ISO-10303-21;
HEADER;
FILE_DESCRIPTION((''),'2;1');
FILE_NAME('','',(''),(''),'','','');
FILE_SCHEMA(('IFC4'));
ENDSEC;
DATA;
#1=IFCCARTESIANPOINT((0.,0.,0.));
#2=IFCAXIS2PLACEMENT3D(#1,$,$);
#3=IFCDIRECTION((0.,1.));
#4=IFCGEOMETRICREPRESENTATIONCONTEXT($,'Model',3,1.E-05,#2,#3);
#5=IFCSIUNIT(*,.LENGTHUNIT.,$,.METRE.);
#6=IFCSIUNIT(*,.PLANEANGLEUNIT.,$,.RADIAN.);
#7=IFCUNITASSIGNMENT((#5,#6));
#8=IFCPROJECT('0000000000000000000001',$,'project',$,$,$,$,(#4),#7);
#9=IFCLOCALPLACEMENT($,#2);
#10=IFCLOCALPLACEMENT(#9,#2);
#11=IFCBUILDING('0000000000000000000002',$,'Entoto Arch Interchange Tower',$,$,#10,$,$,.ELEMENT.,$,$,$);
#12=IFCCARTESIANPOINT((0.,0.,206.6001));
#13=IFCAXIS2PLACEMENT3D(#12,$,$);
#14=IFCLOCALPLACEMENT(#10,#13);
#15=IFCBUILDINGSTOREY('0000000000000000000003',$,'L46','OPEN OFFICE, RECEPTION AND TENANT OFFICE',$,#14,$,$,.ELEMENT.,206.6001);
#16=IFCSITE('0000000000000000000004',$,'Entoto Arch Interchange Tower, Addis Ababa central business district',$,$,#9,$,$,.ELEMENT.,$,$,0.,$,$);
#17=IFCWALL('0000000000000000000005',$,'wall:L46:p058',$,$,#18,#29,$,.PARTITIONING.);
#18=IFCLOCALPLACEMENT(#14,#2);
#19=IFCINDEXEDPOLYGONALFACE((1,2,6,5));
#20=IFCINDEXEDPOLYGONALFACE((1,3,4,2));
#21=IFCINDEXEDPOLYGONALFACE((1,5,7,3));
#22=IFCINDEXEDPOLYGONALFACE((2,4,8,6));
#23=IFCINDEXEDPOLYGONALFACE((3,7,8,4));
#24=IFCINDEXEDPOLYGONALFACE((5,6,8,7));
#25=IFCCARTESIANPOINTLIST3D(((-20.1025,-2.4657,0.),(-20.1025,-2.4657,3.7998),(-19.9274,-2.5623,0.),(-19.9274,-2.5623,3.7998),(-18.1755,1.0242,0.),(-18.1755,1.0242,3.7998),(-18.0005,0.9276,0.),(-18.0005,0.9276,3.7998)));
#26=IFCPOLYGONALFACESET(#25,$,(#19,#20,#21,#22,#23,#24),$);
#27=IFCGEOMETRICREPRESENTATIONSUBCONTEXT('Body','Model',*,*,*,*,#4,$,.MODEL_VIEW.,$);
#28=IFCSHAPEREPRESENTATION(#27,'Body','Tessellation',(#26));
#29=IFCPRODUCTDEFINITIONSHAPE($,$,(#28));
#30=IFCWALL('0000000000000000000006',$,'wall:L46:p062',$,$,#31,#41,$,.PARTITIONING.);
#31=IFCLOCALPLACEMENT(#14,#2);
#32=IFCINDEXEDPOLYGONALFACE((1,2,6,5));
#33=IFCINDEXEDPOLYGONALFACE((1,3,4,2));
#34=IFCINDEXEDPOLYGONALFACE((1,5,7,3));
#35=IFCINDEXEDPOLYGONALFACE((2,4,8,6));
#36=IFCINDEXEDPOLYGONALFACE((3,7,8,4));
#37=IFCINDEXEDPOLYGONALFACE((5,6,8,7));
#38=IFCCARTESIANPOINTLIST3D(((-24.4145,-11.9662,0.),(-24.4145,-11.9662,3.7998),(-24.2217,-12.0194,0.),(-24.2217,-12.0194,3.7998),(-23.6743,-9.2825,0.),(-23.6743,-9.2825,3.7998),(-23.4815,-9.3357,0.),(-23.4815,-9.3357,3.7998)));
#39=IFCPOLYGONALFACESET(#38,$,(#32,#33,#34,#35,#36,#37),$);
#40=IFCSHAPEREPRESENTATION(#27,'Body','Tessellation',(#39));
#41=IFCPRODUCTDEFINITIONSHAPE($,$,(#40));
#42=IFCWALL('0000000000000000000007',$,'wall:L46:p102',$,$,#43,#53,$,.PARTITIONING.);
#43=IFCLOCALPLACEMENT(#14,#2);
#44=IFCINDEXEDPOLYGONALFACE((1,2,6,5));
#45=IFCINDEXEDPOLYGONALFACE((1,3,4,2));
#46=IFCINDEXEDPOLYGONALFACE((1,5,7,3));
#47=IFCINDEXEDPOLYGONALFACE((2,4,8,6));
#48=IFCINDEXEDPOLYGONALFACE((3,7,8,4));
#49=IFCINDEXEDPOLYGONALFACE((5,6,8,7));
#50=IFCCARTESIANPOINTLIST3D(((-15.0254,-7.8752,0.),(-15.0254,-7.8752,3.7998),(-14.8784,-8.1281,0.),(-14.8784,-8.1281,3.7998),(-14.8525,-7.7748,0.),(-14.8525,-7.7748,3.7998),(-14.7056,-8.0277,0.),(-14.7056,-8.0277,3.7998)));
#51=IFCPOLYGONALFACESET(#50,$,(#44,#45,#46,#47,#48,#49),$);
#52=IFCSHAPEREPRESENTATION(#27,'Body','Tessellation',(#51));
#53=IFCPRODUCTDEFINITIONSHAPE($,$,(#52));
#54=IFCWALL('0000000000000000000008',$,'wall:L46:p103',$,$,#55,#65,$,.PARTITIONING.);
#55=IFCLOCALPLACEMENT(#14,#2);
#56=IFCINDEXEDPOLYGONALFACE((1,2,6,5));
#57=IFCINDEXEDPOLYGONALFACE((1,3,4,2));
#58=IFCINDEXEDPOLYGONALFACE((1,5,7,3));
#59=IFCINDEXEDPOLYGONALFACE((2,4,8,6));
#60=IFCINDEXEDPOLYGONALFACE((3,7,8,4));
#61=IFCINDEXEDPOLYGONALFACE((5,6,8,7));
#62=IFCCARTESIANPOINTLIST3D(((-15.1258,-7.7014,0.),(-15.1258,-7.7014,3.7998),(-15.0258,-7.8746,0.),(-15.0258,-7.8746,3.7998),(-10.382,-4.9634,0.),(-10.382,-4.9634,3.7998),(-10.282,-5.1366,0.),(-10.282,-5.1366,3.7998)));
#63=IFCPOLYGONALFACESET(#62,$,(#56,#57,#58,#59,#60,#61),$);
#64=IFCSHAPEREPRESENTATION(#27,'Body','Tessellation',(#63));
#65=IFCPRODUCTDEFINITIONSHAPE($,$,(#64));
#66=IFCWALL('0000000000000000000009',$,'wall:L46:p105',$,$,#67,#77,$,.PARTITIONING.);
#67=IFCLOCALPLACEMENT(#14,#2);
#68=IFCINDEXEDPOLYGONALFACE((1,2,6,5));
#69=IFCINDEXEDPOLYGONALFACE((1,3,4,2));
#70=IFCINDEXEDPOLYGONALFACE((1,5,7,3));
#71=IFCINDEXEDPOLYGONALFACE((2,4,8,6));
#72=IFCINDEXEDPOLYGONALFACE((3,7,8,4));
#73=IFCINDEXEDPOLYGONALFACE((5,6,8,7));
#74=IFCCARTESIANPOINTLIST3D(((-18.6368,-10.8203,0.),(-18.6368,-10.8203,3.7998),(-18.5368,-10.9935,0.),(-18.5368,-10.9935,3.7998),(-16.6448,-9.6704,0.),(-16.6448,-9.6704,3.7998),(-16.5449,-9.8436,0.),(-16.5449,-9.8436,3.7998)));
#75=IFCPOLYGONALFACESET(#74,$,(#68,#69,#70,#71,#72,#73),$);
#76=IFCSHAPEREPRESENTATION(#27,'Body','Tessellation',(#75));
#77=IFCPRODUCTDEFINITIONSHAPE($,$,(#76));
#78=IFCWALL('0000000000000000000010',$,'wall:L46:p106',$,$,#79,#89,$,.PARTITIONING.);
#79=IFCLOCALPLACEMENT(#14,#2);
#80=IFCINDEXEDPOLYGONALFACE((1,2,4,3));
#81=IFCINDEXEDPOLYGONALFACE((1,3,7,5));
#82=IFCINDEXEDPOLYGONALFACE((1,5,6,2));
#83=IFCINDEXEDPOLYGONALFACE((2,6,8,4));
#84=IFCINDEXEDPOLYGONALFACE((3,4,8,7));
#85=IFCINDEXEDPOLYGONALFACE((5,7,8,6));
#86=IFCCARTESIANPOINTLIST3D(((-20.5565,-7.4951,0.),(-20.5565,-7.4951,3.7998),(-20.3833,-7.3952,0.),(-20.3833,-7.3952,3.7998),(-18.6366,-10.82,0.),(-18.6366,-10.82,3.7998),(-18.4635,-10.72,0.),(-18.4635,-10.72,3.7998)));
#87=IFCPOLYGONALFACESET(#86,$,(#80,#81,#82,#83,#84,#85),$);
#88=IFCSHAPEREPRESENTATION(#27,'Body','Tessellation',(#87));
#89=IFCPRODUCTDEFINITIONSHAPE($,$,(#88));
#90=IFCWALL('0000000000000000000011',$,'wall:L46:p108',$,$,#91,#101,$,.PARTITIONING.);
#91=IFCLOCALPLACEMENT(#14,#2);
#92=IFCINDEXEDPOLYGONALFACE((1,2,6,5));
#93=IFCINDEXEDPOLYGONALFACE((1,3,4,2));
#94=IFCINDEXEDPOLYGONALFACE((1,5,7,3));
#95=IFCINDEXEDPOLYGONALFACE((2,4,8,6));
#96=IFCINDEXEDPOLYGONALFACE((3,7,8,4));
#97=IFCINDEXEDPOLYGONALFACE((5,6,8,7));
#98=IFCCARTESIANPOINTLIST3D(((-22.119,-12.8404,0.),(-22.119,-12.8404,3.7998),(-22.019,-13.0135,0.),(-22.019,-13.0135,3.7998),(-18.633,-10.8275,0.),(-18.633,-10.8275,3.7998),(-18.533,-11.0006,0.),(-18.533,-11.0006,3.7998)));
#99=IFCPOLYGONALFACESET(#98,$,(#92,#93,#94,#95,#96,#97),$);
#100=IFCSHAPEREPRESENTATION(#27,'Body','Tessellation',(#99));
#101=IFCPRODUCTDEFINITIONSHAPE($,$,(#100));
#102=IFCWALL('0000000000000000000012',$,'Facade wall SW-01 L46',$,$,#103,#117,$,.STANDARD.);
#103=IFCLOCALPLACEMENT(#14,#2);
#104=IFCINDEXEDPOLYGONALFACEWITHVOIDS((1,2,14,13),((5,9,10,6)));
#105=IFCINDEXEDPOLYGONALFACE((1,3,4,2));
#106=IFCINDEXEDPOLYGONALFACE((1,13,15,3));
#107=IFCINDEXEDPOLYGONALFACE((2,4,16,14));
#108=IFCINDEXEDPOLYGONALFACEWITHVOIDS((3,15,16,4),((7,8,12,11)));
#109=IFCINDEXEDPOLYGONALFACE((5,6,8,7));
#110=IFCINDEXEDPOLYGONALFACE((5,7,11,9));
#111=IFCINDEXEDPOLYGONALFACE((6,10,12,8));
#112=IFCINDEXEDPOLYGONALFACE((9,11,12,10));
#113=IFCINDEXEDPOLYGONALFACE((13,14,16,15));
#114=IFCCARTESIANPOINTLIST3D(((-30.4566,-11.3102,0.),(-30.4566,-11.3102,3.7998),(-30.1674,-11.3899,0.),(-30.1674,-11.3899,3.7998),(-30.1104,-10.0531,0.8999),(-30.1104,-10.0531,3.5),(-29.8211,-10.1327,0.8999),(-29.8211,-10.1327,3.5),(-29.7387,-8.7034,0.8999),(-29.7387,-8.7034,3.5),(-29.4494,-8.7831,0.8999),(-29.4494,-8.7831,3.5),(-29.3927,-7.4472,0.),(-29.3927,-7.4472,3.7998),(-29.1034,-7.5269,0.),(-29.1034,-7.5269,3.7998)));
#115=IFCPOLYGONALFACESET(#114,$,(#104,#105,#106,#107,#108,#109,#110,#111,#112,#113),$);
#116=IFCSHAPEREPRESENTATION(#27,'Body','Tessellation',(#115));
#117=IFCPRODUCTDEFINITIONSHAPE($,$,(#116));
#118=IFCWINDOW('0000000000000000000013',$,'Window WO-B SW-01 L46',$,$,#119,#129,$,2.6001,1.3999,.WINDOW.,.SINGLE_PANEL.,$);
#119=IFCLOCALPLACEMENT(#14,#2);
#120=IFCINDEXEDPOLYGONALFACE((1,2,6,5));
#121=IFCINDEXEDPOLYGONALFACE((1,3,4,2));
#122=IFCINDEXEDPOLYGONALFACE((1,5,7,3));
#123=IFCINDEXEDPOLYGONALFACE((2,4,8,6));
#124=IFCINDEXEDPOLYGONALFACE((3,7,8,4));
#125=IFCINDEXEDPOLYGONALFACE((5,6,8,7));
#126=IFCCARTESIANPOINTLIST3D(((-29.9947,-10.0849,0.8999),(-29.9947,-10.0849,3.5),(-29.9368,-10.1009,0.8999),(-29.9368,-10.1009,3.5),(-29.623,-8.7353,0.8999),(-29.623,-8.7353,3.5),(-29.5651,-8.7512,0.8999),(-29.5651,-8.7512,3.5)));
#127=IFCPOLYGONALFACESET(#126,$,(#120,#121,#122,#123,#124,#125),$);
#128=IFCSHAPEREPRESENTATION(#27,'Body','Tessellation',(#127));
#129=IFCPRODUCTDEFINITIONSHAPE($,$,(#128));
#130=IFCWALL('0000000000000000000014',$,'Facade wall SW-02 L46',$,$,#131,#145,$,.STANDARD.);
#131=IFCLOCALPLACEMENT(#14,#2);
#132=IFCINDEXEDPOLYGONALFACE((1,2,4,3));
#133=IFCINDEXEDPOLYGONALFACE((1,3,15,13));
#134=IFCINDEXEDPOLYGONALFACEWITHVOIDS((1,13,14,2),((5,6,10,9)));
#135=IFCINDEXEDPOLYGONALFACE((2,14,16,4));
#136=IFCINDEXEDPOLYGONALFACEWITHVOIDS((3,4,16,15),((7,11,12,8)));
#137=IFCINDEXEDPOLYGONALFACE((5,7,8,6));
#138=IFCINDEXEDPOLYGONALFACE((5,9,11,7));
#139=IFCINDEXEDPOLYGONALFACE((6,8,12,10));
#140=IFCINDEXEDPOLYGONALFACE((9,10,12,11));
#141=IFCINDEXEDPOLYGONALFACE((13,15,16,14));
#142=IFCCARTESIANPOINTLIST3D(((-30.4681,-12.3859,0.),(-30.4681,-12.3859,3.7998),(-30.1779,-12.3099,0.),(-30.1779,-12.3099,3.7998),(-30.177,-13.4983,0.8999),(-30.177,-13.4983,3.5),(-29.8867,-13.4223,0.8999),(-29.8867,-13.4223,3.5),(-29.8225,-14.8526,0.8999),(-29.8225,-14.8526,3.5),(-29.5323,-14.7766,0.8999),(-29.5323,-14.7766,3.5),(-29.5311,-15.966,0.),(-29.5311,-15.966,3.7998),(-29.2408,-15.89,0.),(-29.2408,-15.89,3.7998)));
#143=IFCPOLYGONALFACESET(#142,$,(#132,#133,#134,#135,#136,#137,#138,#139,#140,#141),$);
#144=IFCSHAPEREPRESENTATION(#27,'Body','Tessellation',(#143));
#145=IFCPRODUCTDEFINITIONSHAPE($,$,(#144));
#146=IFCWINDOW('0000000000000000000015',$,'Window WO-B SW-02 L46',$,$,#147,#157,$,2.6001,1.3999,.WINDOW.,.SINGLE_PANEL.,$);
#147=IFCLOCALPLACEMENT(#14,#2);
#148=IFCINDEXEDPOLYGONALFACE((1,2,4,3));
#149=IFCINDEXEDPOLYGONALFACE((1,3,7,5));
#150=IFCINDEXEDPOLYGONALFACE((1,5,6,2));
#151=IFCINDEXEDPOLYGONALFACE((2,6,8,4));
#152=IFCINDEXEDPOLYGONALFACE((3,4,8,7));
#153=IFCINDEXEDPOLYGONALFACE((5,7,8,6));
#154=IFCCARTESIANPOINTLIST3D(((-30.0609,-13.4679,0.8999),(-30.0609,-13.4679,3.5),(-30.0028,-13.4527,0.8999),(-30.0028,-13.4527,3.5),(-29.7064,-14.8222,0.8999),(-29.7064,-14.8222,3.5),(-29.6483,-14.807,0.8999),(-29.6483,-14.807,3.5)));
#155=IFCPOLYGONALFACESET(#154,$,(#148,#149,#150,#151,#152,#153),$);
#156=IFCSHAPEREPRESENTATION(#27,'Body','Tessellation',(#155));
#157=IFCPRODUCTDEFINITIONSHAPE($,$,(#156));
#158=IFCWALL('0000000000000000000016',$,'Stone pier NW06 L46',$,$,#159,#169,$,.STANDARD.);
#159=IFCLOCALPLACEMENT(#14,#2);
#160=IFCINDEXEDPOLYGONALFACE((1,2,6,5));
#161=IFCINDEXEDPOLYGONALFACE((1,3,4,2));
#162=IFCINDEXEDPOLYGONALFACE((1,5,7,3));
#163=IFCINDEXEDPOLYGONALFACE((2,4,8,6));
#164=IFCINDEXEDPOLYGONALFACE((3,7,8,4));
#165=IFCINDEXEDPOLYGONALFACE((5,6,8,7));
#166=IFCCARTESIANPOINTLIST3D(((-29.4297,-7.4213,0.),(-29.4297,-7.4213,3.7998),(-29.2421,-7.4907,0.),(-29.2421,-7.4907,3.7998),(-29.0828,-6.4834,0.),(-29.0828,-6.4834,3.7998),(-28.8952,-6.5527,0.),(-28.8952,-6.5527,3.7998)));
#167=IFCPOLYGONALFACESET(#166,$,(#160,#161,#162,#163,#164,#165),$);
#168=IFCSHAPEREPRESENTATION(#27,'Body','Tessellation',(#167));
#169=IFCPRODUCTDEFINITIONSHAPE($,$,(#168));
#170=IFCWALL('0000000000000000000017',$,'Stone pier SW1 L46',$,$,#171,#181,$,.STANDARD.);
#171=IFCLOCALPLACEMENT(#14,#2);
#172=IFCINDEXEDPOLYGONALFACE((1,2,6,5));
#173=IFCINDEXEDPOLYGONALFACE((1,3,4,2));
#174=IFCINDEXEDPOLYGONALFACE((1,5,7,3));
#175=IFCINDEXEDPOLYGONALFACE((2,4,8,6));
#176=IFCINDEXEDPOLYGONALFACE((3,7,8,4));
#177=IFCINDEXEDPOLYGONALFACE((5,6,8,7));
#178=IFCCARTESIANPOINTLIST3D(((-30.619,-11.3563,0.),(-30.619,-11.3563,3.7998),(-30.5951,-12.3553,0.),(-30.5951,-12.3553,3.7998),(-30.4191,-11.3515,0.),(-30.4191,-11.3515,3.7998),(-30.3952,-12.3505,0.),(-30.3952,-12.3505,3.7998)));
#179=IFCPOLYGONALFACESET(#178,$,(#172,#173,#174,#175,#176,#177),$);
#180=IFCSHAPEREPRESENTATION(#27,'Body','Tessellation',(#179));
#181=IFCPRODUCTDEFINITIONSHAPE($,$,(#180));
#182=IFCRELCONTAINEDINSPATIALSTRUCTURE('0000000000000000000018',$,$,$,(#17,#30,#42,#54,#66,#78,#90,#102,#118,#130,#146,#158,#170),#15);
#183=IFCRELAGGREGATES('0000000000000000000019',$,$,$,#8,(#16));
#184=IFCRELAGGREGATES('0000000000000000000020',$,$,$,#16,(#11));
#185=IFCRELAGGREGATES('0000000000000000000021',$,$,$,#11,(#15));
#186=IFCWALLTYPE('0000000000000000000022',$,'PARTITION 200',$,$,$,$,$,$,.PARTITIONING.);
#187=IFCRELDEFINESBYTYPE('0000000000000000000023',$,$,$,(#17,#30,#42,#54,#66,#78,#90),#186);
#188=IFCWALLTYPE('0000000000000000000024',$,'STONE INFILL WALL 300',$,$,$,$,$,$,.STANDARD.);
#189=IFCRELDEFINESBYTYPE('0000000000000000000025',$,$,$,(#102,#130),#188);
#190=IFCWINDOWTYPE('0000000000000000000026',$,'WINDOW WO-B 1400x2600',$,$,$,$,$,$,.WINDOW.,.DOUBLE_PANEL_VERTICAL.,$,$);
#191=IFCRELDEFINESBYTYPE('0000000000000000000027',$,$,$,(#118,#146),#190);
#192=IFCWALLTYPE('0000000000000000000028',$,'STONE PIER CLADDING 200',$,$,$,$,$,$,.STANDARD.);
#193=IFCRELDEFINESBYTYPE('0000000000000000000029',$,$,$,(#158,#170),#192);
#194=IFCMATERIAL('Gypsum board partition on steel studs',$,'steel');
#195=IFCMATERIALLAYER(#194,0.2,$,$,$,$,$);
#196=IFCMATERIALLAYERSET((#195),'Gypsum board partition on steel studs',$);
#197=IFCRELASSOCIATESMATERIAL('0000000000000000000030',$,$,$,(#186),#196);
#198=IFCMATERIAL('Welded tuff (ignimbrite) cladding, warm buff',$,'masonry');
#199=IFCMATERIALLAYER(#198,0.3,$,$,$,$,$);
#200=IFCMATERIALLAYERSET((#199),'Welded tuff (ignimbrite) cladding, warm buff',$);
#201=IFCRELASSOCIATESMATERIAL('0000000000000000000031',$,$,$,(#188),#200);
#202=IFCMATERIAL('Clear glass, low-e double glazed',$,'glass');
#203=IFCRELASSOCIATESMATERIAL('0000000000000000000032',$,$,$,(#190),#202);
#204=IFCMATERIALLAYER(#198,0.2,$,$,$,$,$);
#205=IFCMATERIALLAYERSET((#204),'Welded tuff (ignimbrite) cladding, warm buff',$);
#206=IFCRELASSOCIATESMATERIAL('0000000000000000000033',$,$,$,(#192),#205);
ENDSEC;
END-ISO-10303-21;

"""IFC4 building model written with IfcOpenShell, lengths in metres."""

from ifc_helpers import new_model, si_unit, direction, frame, frame_2d, origin, place, context, subcontext, project, spatial, rectangle, extrude, material, layer, layer_set, type_object, element, fill, save


model = new_model("IFC4")

# Units and contexts
model_context = context("Model", 3, precision=1e-05, world=origin(), true_north=direction((0.0, 1.0)))
body_context = subcontext(model_context, "Body", "Model", "MODEL_VIEW")
ifc_project = project(units=[si_unit("LENGTHUNIT", "METRE"), si_unit("PLANEANGLEUNIT", "RADIAN")], contexts=[model_context])

# Site, building, storey
site_placement = place(None, origin())
site = spatial("IfcSite", under=ifc_project, at=site_placement, Name="Entoto Arch Interchange Tower, Addis Ababa central business district", CompositionType="ELEMENT", RefElevation=0.0)
building_placement = place(site_placement, origin())
building = spatial("IfcBuilding", under=site, at=building_placement, Name="Entoto Arch Interchange Tower", CompositionType="ELEMENT")
storey_placement = place(building_placement, frame((0.0, 0.0, 206.6001)))
storey = spatial("IfcBuildingStorey", under=building, at=storey_placement, Name="L46", Description="OPEN OFFICE, RECEPTION AND TENANT OFFICE", CompositionType="ELEMENT", Elevation=206.6001)

# Shared definitions
ifc_material_1 = material(Name="Gypsum board partition on steel studs", Category="steel")

# Shared definitions
ifc_layer_1 = layer(ifc_material_1, 0.2)
ifc_layer_set_1 = layer_set([ifc_layer_1], Name="Gypsum board partition on steel studs")
wall_type_1 = type_object("IfcWallType", Name="PARTITION 200", PredefinedType="PARTITIONING", material=ifc_layer_set_1)

# Walls
wall_1_placement = place(storey_placement, frame((-20.0149, -2.5139, 0.0), z_axis=(0.0, 0.0, 1.0), x_axis=(0.483364, 0.87542, 0.0)))
element("IfcWall", 1, at=wall_1_placement, inside=storey, type_object=wall_type_1, Name="wall:L46:p058", PredefinedType="PARTITIONING", context=body_context, shape_type="SweptSolid", body=[
    extrude(rectangle(XDim=3.9866, YDim=0.2, at=frame_2d((1.9932, 0.0))), origin(), (0.0, 0.0, 1.0), 3.7998),
])
wall_2_placement = place(storey_placement, frame((-24.3181, -11.9929, 0.0), z_axis=(0.0, 0.0, 1.0), x_axis=(0.265884, 0.964005, 0.0)))
element("IfcWall", 2, at=wall_2_placement, inside=storey, type_object=wall_type_1, Name="wall:L46:p062", PredefinedType="PARTITIONING", context=body_context, shape_type="SweptSolid", body=[
    extrude(rectangle(XDim=2.7839, YDim=0.2, at=frame_2d((1.3921, 0.0))), origin(), (0.0, 0.0, 1.0), 3.7998),
])
wall_3_placement = place(storey_placement, frame((-14.792, -8.0779, 0.0), z_axis=(0.0, 0.0, 1.0), x_axis=(-0.502417, 0.864625, 0.0)))
element("IfcWall", 3, at=wall_3_placement, inside=storey, type_object=wall_type_1, Name="wall:L46:p102", PredefinedType="PARTITIONING", context=body_context, shape_type="SweptSolid", body=[
    extrude(rectangle(XDim=0.2925, YDim=0.2, at=frame_2d((0.1462, 0.0))), origin(), (0.0, 0.0, 1.0), 3.7998),
])
wall_4_placement = place(storey_placement, frame((-15.0759, -7.7881, 0.0), z_axis=(0.0, 0.0, 1.0), x_axis=(0.866093, 0.499883, 0.0)))
element("IfcWall", 4, at=wall_4_placement, inside=storey, type_object=wall_type_1, Name="wall:L46:p103", PredefinedType="PARTITIONING", context=body_context, shape_type="SweptSolid", body=[
    extrude(rectangle(XDim=5.4773, YDim=0.2, at=frame_2d((2.7388, 0.0))), origin(), (0.0, 0.0, 1.0), 3.7998),
])
wall_5_placement = place(storey_placement, frame((-16.595, -9.7571, 0.0), z_axis=(0.0, 0.0, 1.0), x_axis=(-0.866053, -0.499952, 0.0)))
element("IfcWall", 5, at=wall_5_placement, inside=storey, type_object=wall_type_1, Name="wall:L46:p105", PredefinedType="PARTITIONING", context=body_context, shape_type="SweptSolid", body=[
    extrude(rectangle(XDim=2.3, YDim=0.2, at=frame_2d((1.1499, 0.0))), origin(), (0.0, 0.0, 1.0), 3.7998),
])
wall_6_placement = place(storey_placement, frame((-18.55, -10.77, 0.0), z_axis=(0.0, 0.0, 1.0), x_axis=(-0.500051, 0.865996, 0.0)))
element("IfcWall", 6, at=wall_6_placement, inside=storey, type_object=wall_type_1, Name="wall:L46:p106", PredefinedType="PARTITIONING", context=body_context, shape_type="SweptSolid", body=[
    extrude(rectangle(XDim=3.8394, YDim=0.2, at=frame_2d((1.9197, 0.0))), origin(), (0.0, 0.0, 1.0), 3.7998),
])
wall_7_placement = place(storey_placement, frame((-18.583, -10.9141, 0.0), z_axis=(0.0, 0.0, 1.0), x_axis=(-0.865999, -0.500046, 0.0)))
element("IfcWall", 7, at=wall_7_placement, inside=storey, type_object=wall_type_1, Name="wall:L46:p108", PredefinedType="PARTITIONING", context=body_context, shape_type="SweptSolid", body=[
    extrude(rectangle(XDim=4.0254, YDim=0.2, at=frame_2d((2.0127, 0.0))), origin(), (0.0, 0.0, 1.0), 3.7998),
])

# Walls, openings, windows
ifc_material_2 = material(Name="Welded tuff (ignimbrite) cladding, warm buff", Category="masonry")
ifc_layer_2 = layer(ifc_material_2, 0.3)
ifc_layer_set_2 = layer_set([ifc_layer_2], Name="Welded tuff (ignimbrite) cladding, warm buff")
wall_type_2 = type_object("IfcWallType", Name="STONE INFILL WALL 300", PredefinedType="STANDARD", material=ifc_layer_set_2)
wall_8_placement = place(storey_placement, frame((-29.248, -7.4871, 0.0), z_axis=(0.0, 0.0, 1.0), x_axis=(-0.265535, -0.964101, 0.0)))
wall_8 = element("IfcWall", 8, at=wall_8_placement, inside=storey, type_object=wall_type_2, Name="Facade wall SW-01 L46", PredefinedType="STANDARD", context=body_context, shape_type="SweptSolid", body=[
    extrude(rectangle(XDim=4.0068, YDim=0.3, at=frame_2d((2.0034, 0.0))), origin(), (0.0, 0.0, 1.0), 3.7998),
])
opening_1_placement = place(wall_8_placement, frame((1.303, 0.0, 0.8999)))
opening_1 = element("IfcOpeningElement", 9, at=opening_1_placement, cuts=wall_8, PredefinedType="OPENING", context=body_context, shape_type="SweptSolid", body=[
    extrude(rectangle(XDim=1.3999, YDim=2.6001, at=frame_2d((0.7, 1.3))), frame((0.0, 0.1602, 0.0), z_axis=(0.0, -1.0, 0.0), x_axis=(1.0, 0.0, 0.0)), (0.0, 0.0, 1.0), 0.3201),
])
ifc_material_3 = material(Name="Clear glass, low-e double glazed", Category="glass")
window_type = type_object("IfcWindowType", Name="WINDOW WO-B 1400x2600", PartitioningType="DOUBLE_PANEL_VERTICAL", PredefinedType="WINDOW", material=ifc_material_3)
window_1_placement = place(opening_1_placement, origin())
window_1 = element("IfcWindow", 10, at=window_1_placement, inside=storey, type_object=window_type, Name="Window WO-B SW-01 L46", OverallHeight=2.6001, OverallWidth=1.3999, PartitioningType="SINGLE_PANEL", PredefinedType="WINDOW", context=body_context, shape_type="SweptSolid", body=[
    extrude(rectangle(XDim=1.3999, YDim=2.6001, at=frame_2d((0.7, 1.3))), frame((0.0, 0.03, 0.0), z_axis=(0.0, -1.0, 0.0), x_axis=(1.0, 0.0, 0.0)), (0.0, 0.0, 1.0), 0.0601),
])
fill(opening_1, window_1)
wall_9_placement = place(storey_placement, frame((-30.323, -12.3479, 0.0), z_axis=(0.0, 0.0, 1.0), x_axis=(0.253201, -0.967414, 0.0)))
wall_9 = element("IfcWall", 11, at=wall_9_placement, inside=storey, type_object=wall_type_2, Name="Facade wall SW-02 L46", PredefinedType="STANDARD", context=body_context, shape_type="SweptSolid", body=[
    extrude(rectangle(XDim=3.7007, YDim=0.3, at=frame_2d((1.8503, 0.0))), origin(), (0.0, 0.0, 1.0), 3.7998),
])
opening_2_placement = place(wall_9_placement, frame((1.1499, 0.0, 0.8999)))
opening_2 = element("IfcOpeningElement", 12, at=opening_2_placement, cuts=wall_9, PredefinedType="OPENING", context=body_context, shape_type="SweptSolid", body=[
    extrude(rectangle(XDim=1.3999, YDim=2.6001, at=frame_2d((0.7, 1.3))), frame((0.0, 0.1602, 0.0), z_axis=(0.0, -1.0, 0.0), x_axis=(1.0, 0.0, 0.0)), (0.0, 0.0, 1.0), 0.3201),
])
window_2_placement = place(opening_2_placement, origin())
window_2 = element("IfcWindow", 13, at=window_2_placement, inside=storey, type_object=window_type, Name="Window WO-B SW-02 L46", OverallHeight=2.6001, OverallWidth=1.3999, PartitioningType="SINGLE_PANEL", PredefinedType="WINDOW", context=body_context, shape_type="SweptSolid", body=[
    extrude(rectangle(XDim=1.3999, YDim=2.6001, at=frame_2d((0.7, 1.3))), frame((0.0, 0.03, 0.0), z_axis=(0.0, -1.0, 0.0), x_axis=(1.0, 0.0, 0.0)), (0.0, 0.0, 1.0), 0.0601),
])
fill(opening_2, window_2)

# Walls
ifc_layer_3 = layer(ifc_material_2, 0.2)
ifc_layer_set_3 = layer_set([ifc_layer_3], Name="Welded tuff (ignimbrite) cladding, warm buff")
wall_type_3 = type_object("IfcWallType", Name="STONE PIER CLADDING 200", PredefinedType="STANDARD", material=ifc_layer_set_3)
wall_10_placement = place(storey_placement, frame((-28.989, -6.5181, 0.0), z_axis=(0.0, 0.0, 1.0), x_axis=(-0.346893, -0.937905, 0.0)))
element("IfcWall", 14, at=wall_10_placement, inside=storey, type_object=wall_type_3, Name="Stone pier NW06 L46", PredefinedType="STANDARD", context=body_context, shape_type="SweptSolid", body=[
    extrude(rectangle(XDim=1.0, YDim=0.2, at=frame_2d((0.5, 0.0))), origin(), (0.0, 0.0, 1.0), 3.7998),
])
wall_11_placement = place(storey_placement, frame((-30.519, -11.354, 0.0), z_axis=(0.0, 0.0, 1.0), x_axis=(0.023942, -0.999713, 0.0)))
element("IfcWall", 15, at=wall_11_placement, inside=storey, type_object=wall_type_3, Name="Stone pier SW1 L46", PredefinedType="STANDARD", context=body_context, shape_type="SweptSolid", body=[
    extrude(rectangle(XDim=0.9993, YDim=0.2, at=frame_2d((0.4995, 0.0))), origin(), (0.0, 0.0, 1.0), 3.7998),
])

save(model, "model.ifc")
